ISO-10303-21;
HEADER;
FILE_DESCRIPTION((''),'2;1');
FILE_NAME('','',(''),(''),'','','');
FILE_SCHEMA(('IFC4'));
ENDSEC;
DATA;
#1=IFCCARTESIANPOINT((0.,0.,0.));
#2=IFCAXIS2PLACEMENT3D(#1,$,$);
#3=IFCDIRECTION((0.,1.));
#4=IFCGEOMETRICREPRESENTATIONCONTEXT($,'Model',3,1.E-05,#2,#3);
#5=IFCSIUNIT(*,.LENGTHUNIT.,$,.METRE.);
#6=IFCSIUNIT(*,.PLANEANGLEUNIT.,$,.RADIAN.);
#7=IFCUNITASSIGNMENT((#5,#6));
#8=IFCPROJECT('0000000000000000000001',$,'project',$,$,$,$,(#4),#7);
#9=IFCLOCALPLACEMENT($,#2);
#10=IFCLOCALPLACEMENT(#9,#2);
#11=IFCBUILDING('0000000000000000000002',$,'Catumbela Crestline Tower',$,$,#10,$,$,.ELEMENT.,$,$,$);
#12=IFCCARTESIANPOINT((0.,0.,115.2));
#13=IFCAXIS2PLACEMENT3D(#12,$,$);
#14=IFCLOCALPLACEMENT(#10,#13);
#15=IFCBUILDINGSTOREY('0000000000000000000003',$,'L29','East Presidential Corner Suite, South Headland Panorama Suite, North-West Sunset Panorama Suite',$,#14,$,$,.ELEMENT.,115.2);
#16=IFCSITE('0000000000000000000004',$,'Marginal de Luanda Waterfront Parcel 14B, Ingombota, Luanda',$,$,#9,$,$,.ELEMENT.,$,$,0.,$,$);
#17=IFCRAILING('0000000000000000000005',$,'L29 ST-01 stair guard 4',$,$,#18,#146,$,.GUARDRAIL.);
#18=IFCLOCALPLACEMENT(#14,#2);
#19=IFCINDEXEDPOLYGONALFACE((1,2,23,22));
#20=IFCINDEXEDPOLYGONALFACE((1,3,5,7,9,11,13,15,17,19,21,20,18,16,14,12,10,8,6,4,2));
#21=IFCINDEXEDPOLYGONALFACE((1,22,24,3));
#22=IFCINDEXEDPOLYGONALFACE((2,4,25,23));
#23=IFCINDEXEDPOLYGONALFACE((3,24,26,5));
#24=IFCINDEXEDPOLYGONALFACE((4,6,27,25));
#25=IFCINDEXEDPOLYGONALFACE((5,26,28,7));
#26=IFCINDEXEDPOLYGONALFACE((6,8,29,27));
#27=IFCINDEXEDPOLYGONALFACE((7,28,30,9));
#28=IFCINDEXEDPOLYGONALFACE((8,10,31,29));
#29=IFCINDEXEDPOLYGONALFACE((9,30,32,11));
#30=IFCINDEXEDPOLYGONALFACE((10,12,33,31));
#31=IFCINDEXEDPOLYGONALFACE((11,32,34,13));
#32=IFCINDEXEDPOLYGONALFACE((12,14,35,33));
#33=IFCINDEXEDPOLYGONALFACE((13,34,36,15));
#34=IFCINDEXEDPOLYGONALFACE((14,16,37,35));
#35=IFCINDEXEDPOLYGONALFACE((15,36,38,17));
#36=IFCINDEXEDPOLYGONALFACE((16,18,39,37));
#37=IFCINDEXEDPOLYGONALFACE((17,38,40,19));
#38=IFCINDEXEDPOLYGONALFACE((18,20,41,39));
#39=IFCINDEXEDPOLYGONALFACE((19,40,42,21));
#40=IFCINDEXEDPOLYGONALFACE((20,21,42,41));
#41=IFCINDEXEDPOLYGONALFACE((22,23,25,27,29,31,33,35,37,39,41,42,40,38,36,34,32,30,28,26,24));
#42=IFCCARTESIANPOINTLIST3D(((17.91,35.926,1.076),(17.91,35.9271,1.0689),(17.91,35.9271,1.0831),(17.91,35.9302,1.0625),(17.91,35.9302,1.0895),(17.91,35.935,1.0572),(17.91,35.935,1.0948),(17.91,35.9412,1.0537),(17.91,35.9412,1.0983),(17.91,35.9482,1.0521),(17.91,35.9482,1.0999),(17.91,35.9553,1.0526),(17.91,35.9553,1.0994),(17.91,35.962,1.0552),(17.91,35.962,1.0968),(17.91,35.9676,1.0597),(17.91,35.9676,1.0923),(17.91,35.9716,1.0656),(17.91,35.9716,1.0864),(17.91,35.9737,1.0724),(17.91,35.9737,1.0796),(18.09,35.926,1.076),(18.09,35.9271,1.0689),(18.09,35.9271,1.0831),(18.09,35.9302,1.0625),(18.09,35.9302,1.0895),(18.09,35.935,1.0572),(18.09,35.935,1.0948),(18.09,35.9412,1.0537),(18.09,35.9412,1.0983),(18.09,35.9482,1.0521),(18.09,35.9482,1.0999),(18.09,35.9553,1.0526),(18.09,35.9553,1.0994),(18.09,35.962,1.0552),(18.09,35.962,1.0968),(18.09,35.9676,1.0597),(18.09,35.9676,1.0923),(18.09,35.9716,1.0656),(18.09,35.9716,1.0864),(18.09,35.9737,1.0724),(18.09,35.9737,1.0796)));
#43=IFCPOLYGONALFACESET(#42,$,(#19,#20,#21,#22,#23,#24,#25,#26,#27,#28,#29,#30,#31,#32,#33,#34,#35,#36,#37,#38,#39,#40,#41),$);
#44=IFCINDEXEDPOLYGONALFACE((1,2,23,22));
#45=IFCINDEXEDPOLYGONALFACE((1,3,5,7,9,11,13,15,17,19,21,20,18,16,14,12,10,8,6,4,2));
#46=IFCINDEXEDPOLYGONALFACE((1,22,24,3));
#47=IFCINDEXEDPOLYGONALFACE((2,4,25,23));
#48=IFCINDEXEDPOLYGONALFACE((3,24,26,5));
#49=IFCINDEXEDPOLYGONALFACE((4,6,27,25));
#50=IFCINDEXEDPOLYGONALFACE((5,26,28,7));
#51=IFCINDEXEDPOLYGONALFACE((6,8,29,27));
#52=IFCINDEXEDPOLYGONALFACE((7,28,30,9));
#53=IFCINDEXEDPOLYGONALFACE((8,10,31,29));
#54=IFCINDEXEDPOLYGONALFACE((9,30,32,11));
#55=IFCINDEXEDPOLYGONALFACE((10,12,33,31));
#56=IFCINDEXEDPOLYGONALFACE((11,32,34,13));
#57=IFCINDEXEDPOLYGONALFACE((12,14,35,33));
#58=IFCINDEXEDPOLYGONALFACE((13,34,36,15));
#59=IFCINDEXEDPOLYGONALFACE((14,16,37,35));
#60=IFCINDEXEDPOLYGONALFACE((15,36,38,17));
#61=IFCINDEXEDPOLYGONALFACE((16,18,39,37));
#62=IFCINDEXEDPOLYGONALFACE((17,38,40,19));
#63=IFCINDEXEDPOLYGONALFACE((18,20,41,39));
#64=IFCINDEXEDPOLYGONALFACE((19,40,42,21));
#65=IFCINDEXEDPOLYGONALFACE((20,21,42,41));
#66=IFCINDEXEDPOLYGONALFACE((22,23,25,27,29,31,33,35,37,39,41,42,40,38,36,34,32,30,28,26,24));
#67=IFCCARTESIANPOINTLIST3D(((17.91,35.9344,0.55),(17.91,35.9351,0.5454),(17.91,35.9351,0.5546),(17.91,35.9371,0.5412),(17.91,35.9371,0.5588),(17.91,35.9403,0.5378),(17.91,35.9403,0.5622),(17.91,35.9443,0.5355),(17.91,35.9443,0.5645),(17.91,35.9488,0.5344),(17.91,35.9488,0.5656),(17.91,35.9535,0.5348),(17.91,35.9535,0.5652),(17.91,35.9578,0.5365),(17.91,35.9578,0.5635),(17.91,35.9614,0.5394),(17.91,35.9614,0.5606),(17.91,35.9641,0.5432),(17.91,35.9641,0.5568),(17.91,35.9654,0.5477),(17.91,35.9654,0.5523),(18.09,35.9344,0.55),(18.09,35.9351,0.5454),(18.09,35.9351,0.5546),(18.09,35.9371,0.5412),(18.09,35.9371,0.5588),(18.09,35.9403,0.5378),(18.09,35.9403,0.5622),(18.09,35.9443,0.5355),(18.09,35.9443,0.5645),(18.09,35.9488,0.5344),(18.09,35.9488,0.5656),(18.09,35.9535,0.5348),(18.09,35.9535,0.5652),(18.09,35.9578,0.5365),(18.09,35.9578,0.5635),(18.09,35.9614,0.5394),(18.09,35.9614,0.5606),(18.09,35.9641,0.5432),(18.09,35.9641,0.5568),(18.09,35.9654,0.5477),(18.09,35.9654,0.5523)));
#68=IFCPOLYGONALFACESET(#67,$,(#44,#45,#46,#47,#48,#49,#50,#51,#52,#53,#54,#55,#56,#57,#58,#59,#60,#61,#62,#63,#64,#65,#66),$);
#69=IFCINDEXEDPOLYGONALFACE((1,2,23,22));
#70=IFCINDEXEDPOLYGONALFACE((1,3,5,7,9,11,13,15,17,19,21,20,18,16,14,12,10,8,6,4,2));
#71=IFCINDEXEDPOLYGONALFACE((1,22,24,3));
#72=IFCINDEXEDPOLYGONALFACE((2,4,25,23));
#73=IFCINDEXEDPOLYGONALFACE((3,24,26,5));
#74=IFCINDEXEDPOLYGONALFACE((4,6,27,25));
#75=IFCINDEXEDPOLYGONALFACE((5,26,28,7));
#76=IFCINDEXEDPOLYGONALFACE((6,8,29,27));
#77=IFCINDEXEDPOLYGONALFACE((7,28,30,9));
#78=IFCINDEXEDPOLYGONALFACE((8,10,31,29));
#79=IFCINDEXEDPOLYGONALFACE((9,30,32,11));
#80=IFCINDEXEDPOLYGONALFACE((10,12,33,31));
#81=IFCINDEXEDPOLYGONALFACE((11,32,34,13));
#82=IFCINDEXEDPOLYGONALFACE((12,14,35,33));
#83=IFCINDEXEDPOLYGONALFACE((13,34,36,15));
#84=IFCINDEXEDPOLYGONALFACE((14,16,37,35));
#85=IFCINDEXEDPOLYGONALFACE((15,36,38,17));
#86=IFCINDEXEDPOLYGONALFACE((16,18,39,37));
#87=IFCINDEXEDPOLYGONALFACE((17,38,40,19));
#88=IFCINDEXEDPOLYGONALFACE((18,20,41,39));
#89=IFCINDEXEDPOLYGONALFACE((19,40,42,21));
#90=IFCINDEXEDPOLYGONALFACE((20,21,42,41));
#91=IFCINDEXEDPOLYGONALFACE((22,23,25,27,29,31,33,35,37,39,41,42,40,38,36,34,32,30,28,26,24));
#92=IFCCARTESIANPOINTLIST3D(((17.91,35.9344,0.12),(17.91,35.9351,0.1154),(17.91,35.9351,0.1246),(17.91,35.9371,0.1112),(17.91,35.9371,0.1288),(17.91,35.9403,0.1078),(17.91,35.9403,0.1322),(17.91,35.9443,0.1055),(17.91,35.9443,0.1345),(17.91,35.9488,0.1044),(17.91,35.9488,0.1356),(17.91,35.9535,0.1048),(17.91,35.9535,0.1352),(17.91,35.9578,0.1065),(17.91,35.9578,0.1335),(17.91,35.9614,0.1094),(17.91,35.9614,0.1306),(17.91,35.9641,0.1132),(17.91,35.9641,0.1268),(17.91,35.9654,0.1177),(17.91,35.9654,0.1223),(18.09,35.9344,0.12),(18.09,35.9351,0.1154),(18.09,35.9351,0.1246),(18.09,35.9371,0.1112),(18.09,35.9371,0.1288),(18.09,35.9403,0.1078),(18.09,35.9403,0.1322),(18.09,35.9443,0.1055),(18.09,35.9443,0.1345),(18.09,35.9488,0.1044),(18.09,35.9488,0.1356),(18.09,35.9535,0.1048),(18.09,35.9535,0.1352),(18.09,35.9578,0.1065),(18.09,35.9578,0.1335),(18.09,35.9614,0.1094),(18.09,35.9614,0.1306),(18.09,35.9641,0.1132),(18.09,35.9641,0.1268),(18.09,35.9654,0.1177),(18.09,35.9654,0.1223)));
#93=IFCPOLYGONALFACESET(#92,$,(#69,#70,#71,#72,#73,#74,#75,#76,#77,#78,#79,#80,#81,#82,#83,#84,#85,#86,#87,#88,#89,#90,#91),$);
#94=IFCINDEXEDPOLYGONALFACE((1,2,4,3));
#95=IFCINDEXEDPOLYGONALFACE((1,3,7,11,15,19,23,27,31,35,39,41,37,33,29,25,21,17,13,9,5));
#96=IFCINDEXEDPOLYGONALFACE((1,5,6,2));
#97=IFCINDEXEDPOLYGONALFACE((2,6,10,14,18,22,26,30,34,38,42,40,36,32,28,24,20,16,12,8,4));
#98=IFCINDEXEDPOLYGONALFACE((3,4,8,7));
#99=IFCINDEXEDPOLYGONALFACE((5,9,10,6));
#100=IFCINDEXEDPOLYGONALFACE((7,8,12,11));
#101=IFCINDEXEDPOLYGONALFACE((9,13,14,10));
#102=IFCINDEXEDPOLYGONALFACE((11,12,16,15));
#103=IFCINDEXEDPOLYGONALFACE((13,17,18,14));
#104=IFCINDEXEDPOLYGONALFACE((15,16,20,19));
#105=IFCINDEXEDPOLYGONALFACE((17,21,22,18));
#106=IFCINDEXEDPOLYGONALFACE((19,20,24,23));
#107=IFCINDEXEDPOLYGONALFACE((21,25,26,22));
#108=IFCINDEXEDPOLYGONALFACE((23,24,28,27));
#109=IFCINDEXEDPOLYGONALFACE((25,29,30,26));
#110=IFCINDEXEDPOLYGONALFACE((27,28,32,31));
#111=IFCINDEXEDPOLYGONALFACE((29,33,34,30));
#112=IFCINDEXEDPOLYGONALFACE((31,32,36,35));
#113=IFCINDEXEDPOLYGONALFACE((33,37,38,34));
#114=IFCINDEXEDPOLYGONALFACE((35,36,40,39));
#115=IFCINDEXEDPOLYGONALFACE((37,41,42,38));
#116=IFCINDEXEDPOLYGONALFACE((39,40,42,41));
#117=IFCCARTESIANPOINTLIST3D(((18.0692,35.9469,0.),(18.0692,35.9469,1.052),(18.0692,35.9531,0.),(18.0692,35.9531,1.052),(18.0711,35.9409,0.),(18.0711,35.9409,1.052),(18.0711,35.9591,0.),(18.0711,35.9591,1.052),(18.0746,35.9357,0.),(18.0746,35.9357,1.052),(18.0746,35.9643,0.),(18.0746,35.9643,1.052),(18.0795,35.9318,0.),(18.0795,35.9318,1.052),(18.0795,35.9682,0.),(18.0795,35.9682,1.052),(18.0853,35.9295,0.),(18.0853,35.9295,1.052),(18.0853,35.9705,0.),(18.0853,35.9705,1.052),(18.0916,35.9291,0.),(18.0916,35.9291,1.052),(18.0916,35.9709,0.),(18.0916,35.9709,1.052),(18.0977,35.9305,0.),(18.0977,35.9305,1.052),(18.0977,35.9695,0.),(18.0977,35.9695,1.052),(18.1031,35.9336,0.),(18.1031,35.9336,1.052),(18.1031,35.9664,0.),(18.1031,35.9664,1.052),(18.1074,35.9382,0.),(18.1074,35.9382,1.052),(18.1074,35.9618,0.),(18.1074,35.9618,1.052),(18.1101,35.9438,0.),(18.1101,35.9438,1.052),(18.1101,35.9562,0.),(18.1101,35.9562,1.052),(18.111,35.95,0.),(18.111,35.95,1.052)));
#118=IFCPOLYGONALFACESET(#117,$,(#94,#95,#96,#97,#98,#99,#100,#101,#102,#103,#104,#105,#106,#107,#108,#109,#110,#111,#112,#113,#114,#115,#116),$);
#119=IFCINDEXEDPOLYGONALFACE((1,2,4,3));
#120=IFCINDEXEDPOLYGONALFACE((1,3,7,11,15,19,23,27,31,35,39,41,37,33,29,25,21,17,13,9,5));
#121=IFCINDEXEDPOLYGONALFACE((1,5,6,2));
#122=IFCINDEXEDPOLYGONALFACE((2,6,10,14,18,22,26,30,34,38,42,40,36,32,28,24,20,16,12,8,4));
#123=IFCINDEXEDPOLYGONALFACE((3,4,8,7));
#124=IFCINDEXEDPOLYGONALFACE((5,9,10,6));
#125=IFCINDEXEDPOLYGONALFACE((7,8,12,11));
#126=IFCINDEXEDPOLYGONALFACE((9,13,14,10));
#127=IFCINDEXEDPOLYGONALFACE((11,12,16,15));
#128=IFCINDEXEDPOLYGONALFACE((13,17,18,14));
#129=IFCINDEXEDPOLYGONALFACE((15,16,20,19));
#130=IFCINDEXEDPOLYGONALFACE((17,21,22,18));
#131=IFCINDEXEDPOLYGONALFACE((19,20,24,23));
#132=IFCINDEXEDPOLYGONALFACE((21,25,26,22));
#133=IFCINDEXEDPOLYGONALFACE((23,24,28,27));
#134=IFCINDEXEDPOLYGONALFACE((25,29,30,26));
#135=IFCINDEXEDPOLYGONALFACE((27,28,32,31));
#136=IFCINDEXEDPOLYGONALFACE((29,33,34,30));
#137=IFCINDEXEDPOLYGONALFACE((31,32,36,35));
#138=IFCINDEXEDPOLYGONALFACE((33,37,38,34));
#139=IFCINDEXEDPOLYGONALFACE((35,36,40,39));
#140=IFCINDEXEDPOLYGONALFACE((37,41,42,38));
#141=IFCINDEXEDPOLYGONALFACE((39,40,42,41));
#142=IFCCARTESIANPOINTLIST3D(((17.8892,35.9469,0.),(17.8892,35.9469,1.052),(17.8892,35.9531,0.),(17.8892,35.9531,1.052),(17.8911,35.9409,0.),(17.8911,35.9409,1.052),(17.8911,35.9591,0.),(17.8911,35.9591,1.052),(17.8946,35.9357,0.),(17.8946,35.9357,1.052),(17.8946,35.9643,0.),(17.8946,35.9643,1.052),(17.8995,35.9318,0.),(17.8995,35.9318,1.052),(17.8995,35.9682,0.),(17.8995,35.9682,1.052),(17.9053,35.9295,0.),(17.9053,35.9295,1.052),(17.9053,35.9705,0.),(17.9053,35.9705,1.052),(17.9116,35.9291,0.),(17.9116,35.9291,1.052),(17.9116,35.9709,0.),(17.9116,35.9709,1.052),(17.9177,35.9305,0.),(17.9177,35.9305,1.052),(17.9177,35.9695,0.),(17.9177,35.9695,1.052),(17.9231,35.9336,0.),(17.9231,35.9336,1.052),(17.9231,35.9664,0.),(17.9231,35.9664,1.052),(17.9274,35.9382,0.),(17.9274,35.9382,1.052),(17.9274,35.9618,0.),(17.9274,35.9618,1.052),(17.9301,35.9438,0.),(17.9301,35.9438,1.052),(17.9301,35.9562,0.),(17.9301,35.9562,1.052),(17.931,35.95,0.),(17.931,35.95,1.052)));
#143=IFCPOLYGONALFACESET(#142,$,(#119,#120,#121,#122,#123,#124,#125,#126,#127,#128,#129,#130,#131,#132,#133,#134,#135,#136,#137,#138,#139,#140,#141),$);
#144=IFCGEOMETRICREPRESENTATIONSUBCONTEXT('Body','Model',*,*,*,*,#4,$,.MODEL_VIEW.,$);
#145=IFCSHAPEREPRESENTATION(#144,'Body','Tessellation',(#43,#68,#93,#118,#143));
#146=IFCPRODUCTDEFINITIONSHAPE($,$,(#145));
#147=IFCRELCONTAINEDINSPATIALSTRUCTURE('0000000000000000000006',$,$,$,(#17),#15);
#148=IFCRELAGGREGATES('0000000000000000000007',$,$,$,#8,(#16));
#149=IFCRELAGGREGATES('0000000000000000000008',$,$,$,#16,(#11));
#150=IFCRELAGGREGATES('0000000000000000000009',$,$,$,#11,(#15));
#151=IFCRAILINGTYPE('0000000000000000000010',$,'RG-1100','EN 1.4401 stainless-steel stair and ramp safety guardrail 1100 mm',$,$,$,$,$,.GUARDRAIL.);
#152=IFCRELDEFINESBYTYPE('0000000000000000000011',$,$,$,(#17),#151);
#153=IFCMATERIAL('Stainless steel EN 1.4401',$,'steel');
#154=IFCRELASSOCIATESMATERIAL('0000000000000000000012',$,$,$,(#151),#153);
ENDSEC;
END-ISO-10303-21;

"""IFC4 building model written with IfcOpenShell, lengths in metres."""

from ifc_helpers import new_model, si_unit, direction, frame, origin, origin_2d, place, context, subcontext, project, spatial, circle, extrude, material, type_object, element, save


model = new_model("IFC4")

# Units and contexts
model_context = context("Model", 3, precision=1e-05, world=origin(), true_north=direction((0.0, 1.0)))
body_context = subcontext(model_context, "Body", "Model", "MODEL_VIEW")
ifc_project = project(units=[si_unit("LENGTHUNIT", "METRE"), si_unit("PLANEANGLEUNIT", "RADIAN")], contexts=[model_context])

# Site, building, storey
site_placement = place(None, origin())
site = spatial("IfcSite", under=ifc_project, at=site_placement, Name="Marginal de Luanda Waterfront Parcel 14B, Ingombota, Luanda", CompositionType="ELEMENT", RefElevation=0.0)
building_placement = place(site_placement, origin())
building = spatial("IfcBuilding", under=site, at=building_placement, Name="Catumbela Crestline Tower", CompositionType="ELEMENT")
storey_placement = place(building_placement, frame((0.0, 0.0, 115.2)))
storey = spatial("IfcBuildingStorey", under=building, at=storey_placement, Name="L29", Description="East Presidential Corner Suite, South Headland Panorama Suite, North-West Sunset Panorama Suite", CompositionType="ELEMENT", Elevation=115.2)

# Shared definitions
ifc_material_1 = material(Name="Stainless steel EN 1.4401", Category="steel")

# Railing
railing_type = type_object("IfcRailingType", Name="RG-1100", Description="EN 1.4401 stainless-steel stair and ramp safety guardrail 1100 mm", PredefinedType="GUARDRAIL", material=ifc_material_1)
railing_placement = place(storey_placement, frame((18.09, 35.95, 0.0)))
element("IfcRailing", 1, at=railing_placement, inside=storey, type_object=railing_type, Name="L29 ST-01 stair guard 4", PredefinedType="GUARDRAIL", context=body_context, shape_type="SweptSolid", body=[
    extrude(circle(Radius=0.024, at=origin_2d()), frame((0.0, 0.0, 1.076), z_axis=(-1.0, 0.0, 0.0), x_axis=(0.0, -1.0, 0.0)), (0.0, 0.0, 1.0), 0.18),
    extrude(circle(Radius=0.0156, at=origin_2d()), frame((0.0, 0.0, 0.55), z_axis=(-1.0, 0.0, 0.0), x_axis=(0.0, -1.0, 0.0)), (0.0, 0.0, 1.0), 0.18),
    extrude(circle(Radius=0.0156, at=origin_2d()), frame((0.0, 0.0, 0.12), z_axis=(-1.0, 0.0, 0.0), x_axis=(0.0, -1.0, 0.0)), (0.0, 0.0, 1.0), 0.18),
    extrude(circle(Radius=0.021, at=origin_2d()), origin(), (0.0, 0.0, 1.0), 1.052),
    extrude(circle(Radius=0.021, at=origin_2d()), frame((-0.18, 0.0, 0.0)), (0.0, 0.0, 1.0), 1.052),
])

save(model, "model.ifc")
